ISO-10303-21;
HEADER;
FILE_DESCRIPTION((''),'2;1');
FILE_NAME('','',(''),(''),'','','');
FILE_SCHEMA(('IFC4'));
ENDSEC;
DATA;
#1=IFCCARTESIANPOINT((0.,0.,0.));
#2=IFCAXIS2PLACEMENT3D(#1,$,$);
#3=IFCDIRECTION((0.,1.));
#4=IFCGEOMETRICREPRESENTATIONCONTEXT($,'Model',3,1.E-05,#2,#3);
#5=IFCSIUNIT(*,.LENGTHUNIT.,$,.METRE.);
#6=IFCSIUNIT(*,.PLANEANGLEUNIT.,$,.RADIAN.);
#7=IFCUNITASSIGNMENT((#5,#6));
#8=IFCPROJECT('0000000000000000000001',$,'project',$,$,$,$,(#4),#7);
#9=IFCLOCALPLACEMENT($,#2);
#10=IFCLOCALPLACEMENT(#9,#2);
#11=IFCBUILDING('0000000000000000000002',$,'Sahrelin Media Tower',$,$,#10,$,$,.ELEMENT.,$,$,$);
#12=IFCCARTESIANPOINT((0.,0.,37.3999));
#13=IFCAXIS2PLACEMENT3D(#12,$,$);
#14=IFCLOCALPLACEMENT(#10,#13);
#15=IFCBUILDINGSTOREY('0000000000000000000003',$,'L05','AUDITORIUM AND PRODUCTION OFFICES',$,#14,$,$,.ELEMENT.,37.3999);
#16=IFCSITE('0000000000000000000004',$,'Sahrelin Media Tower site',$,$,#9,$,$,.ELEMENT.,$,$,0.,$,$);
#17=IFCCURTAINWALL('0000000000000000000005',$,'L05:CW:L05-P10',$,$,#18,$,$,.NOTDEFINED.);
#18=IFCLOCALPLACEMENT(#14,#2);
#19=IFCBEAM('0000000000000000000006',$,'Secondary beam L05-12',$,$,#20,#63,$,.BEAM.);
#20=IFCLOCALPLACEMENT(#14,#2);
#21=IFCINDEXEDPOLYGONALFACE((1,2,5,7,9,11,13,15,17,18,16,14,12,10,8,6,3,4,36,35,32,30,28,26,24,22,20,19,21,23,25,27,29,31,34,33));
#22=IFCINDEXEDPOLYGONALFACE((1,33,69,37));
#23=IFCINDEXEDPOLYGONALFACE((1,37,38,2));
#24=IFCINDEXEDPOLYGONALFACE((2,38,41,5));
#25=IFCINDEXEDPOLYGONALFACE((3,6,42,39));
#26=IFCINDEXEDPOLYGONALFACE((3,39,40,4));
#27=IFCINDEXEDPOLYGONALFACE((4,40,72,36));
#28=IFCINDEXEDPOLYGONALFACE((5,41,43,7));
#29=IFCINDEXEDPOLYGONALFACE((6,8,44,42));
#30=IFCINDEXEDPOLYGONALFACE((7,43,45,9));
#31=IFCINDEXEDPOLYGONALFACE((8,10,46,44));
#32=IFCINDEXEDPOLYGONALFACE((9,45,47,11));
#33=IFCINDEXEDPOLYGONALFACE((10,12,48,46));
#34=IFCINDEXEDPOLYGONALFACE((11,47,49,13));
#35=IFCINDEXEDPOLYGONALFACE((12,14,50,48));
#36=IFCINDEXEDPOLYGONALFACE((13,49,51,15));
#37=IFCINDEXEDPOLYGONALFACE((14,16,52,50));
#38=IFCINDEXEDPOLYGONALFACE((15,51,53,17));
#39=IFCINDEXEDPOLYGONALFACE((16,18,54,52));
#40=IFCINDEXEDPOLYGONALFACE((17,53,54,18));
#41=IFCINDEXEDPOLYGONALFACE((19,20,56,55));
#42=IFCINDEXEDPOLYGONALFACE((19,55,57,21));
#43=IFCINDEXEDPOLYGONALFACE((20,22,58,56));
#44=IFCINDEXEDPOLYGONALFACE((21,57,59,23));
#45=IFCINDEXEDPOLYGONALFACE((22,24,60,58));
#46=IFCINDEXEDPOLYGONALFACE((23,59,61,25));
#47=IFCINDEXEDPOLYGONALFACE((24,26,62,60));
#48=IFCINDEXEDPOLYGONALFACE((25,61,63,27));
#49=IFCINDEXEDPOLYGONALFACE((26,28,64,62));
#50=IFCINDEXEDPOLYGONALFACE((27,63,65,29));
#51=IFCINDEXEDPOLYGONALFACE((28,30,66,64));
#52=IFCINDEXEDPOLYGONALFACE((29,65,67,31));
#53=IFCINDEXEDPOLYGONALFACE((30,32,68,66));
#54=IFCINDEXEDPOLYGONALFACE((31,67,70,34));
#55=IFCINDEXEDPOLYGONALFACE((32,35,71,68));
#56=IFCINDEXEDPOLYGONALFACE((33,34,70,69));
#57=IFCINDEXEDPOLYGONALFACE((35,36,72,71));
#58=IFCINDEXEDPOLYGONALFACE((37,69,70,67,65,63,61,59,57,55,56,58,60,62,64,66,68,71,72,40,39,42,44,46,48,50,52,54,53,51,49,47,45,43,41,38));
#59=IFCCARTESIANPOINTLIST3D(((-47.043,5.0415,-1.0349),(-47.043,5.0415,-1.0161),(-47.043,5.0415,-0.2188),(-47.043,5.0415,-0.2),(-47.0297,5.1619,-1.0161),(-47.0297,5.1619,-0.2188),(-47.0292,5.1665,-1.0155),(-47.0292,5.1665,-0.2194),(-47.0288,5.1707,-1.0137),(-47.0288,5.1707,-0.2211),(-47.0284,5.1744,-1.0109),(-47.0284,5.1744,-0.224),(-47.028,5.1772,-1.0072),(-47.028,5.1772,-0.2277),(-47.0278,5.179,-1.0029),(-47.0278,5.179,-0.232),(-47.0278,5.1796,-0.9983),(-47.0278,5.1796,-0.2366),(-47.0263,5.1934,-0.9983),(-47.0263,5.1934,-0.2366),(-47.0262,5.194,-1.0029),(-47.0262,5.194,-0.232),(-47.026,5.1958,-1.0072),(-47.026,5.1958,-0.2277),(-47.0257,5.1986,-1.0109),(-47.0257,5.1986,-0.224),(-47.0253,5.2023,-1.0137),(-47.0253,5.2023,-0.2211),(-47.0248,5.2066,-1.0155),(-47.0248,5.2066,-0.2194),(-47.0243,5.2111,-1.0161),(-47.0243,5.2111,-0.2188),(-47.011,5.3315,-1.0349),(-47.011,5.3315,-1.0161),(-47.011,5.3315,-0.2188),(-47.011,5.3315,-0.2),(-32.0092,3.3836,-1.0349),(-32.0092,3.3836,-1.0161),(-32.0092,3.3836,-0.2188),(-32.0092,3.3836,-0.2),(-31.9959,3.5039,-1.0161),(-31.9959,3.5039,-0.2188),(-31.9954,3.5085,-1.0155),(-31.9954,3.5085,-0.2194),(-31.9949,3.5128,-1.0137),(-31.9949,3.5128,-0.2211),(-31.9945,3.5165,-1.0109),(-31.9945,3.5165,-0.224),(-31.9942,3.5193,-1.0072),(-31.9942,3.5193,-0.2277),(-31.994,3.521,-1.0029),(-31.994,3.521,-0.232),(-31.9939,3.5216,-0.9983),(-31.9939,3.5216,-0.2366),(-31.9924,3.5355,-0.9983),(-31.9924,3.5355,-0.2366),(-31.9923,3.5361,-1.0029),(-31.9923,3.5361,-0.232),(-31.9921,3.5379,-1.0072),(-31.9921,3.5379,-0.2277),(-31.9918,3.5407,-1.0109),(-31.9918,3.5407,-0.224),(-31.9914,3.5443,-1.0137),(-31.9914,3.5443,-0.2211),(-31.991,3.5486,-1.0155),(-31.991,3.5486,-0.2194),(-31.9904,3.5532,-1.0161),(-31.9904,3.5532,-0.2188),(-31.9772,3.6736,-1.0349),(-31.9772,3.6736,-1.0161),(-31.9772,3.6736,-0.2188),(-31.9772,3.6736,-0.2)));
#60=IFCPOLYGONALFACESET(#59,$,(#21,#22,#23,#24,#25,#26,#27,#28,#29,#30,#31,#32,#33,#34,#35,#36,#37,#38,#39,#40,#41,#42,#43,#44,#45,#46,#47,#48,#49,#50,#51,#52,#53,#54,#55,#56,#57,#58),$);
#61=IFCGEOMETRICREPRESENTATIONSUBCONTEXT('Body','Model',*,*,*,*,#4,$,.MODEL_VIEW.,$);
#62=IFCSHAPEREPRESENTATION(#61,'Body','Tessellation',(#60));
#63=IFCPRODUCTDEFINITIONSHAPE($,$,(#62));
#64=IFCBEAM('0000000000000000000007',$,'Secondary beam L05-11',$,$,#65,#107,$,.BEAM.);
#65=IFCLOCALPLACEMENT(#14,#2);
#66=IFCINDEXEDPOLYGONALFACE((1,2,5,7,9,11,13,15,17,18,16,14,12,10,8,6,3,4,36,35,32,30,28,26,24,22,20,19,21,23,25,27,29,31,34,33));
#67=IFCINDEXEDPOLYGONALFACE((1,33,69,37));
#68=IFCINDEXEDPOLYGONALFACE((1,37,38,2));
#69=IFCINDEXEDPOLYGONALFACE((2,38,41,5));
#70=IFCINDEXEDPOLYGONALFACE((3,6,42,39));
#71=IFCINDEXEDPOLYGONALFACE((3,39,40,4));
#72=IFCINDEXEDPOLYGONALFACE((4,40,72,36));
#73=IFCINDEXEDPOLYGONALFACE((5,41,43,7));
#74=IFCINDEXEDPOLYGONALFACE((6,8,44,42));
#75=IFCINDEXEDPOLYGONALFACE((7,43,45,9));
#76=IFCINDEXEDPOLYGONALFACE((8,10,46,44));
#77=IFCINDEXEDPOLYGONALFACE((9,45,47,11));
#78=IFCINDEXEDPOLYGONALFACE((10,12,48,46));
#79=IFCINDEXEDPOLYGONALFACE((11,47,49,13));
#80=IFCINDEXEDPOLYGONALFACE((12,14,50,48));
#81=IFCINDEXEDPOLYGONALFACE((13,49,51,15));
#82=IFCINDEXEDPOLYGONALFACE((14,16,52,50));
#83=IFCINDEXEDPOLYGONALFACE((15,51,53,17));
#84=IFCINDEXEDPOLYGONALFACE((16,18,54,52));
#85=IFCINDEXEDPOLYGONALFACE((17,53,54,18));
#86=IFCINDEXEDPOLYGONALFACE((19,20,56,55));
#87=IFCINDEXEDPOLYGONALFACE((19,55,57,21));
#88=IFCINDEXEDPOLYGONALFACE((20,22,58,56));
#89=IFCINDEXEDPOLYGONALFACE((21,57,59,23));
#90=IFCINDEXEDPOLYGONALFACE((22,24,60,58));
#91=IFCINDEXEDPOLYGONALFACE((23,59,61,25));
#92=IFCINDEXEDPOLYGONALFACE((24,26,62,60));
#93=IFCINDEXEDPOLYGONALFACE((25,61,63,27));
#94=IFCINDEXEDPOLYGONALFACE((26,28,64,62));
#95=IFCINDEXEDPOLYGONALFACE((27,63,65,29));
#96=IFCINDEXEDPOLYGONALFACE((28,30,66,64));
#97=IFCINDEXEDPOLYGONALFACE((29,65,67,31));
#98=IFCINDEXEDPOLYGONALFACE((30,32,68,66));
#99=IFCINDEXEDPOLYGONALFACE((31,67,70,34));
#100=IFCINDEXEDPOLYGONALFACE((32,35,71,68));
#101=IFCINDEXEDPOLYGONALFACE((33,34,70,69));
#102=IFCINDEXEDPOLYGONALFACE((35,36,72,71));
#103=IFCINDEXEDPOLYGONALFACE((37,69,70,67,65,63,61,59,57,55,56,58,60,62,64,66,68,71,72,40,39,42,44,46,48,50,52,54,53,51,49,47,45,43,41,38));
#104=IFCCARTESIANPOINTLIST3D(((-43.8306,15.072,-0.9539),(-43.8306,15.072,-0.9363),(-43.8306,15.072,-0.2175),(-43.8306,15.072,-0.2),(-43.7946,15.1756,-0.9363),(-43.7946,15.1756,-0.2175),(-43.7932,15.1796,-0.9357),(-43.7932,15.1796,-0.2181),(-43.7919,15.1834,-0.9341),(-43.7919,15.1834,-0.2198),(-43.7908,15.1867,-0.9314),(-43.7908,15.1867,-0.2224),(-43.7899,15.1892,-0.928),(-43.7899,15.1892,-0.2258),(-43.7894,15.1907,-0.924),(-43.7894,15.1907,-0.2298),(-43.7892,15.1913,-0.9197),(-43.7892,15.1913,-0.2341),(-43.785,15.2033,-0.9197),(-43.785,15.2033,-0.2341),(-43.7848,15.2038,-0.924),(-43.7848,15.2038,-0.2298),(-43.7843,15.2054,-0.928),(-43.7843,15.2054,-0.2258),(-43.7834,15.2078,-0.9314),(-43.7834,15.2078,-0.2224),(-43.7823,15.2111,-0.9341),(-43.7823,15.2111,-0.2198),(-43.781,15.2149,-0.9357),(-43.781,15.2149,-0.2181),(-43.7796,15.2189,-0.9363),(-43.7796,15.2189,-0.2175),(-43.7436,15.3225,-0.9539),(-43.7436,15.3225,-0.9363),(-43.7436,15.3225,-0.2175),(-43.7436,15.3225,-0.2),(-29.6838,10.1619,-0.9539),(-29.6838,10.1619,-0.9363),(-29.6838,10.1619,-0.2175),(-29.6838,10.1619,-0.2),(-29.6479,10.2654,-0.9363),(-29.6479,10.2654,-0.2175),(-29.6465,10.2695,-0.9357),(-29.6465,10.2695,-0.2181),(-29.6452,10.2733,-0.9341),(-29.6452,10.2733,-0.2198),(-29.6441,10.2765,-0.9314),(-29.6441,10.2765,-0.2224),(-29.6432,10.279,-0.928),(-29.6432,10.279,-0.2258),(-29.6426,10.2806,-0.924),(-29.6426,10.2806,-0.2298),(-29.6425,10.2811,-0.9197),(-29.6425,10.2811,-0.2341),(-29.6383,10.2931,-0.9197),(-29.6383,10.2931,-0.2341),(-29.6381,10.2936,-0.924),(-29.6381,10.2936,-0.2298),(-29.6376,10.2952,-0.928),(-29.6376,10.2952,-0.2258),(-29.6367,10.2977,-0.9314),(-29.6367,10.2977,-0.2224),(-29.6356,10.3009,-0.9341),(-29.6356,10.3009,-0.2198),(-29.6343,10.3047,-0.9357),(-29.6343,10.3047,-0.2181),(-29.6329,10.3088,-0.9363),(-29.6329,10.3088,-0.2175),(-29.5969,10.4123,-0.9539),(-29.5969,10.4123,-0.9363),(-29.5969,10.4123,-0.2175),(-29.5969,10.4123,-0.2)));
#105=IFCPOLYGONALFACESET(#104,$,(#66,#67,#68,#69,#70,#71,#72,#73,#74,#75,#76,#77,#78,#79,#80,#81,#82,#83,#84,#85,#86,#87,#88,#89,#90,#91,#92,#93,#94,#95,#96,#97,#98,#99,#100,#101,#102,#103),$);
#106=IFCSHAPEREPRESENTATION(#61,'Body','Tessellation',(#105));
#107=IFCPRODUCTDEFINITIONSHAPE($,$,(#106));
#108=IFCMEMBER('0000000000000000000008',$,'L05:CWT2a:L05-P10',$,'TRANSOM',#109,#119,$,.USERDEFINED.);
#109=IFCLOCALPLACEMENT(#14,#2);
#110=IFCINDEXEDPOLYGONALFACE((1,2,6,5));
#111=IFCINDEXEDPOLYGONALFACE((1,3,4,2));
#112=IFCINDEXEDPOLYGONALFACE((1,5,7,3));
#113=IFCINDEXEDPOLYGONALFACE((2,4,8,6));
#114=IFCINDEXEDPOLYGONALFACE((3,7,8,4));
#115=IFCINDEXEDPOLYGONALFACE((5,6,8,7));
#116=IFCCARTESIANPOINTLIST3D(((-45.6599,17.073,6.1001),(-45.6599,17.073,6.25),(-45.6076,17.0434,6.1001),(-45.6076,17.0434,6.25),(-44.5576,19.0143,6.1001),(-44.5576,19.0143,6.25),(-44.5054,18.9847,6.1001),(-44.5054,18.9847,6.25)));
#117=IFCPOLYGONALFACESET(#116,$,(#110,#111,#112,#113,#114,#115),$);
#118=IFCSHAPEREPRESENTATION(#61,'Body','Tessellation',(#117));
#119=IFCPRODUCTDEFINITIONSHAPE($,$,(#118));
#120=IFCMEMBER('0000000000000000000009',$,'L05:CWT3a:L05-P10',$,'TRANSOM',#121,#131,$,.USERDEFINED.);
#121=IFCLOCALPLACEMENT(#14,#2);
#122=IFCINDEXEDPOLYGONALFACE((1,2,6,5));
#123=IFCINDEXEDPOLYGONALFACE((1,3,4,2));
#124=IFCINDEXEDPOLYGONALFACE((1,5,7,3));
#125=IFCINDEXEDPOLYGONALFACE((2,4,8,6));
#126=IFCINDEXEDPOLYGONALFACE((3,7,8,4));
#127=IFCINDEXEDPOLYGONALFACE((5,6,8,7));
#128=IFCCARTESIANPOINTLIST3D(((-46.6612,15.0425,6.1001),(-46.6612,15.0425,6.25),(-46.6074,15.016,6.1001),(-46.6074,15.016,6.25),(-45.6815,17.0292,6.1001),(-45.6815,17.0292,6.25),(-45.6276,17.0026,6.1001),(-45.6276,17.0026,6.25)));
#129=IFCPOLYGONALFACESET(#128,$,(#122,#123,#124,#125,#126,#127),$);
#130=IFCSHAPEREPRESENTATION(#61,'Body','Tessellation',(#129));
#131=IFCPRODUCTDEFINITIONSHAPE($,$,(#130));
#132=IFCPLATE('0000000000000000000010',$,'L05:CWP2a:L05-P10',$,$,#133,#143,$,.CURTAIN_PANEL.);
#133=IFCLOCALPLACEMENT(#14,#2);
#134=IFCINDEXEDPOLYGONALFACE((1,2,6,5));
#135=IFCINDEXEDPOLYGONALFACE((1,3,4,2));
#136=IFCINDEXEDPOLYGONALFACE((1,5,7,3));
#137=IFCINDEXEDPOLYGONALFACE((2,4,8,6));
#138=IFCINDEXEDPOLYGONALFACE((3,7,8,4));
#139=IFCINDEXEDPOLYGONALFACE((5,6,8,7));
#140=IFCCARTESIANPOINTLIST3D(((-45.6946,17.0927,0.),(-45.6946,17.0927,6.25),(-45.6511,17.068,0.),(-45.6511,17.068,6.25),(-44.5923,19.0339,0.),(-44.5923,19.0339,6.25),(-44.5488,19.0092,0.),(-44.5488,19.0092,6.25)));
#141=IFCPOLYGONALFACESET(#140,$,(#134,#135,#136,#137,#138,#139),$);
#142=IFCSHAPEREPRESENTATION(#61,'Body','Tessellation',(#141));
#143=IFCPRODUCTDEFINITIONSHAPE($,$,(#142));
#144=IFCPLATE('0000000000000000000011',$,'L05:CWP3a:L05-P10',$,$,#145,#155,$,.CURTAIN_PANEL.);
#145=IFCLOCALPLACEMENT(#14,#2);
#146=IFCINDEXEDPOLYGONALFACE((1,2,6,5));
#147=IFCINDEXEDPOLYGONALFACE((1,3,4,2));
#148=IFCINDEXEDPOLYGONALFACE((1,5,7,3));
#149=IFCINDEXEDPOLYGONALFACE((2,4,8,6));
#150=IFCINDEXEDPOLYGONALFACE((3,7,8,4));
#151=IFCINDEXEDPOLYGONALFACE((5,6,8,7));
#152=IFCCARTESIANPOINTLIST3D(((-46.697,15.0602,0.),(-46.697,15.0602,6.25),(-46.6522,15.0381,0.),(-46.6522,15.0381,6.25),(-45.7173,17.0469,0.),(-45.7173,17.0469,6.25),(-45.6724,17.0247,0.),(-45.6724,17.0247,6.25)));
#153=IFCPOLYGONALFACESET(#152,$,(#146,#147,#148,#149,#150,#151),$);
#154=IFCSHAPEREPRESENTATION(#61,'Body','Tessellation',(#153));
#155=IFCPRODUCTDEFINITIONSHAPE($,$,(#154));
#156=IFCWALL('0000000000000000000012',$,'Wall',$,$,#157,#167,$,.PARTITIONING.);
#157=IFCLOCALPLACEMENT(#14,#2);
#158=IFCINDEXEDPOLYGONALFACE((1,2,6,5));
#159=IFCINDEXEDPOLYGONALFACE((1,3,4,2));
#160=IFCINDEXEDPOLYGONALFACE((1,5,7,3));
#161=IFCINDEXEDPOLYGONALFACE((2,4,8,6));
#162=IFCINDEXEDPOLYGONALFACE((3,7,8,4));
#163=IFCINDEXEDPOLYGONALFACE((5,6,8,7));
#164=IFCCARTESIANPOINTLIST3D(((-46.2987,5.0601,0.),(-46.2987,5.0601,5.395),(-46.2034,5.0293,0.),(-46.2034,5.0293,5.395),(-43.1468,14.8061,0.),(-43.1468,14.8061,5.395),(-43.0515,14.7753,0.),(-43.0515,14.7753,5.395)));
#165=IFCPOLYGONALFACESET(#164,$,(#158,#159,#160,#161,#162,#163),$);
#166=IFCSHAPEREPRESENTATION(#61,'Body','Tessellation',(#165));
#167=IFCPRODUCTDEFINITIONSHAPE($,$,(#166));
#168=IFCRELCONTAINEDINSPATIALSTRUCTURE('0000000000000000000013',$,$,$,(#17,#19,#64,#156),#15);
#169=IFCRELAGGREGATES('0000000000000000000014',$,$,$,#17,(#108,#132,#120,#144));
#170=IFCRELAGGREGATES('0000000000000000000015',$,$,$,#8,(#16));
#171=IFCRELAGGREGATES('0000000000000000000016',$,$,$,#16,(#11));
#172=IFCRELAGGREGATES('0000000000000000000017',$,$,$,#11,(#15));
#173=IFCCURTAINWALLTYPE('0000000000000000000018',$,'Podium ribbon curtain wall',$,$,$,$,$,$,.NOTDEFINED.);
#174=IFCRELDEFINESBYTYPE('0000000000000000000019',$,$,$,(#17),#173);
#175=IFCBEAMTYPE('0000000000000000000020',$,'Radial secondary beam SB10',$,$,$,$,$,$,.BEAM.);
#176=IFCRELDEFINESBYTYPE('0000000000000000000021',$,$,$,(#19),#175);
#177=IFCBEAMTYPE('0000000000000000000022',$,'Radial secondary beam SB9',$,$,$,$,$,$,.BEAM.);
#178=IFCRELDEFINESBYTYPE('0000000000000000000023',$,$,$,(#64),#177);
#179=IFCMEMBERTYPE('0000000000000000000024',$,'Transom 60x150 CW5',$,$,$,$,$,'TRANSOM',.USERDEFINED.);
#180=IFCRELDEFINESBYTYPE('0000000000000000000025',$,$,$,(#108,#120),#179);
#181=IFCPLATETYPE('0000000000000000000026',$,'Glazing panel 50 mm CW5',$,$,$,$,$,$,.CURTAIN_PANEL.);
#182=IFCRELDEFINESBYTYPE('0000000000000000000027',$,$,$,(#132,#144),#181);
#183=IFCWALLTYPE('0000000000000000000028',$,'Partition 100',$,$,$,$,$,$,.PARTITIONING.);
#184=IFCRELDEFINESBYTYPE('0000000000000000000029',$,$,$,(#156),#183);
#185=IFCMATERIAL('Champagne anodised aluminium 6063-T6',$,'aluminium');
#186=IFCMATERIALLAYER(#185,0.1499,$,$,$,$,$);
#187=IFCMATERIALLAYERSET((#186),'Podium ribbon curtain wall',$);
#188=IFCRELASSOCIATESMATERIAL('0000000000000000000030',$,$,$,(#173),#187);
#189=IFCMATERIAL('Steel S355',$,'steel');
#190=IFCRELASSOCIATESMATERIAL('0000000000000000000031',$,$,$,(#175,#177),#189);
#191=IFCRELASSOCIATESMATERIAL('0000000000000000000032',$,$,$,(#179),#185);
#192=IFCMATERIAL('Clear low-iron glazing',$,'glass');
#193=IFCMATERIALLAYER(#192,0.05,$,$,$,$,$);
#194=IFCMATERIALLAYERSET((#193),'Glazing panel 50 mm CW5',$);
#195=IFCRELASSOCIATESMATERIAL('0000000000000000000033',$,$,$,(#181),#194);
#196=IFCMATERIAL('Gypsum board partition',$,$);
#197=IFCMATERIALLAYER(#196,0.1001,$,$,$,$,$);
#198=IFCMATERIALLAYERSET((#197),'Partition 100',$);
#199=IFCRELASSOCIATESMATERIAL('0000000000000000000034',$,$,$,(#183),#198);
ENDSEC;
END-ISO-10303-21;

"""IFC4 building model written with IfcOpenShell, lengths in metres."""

from ifc_helpers import new_model, si_unit, direction, frame, frame_2d, origin, origin_2d, place, context, subcontext, project, spatial, polyline, rectangle, i_section, outline, extrude, material, layer, layer_set, material_profile, profile_set, type_object, element, aggregate, save


model = new_model("IFC4")

# Units and contexts
model_context = context("Model", 3, precision=1e-05, world=origin(), true_north=direction((0.0, 1.0)))
body_context = subcontext(model_context, "Body", "Model", "MODEL_VIEW")
ifc_project = project(units=[si_unit("LENGTHUNIT", "METRE"), si_unit("PLANEANGLEUNIT", "RADIAN")], contexts=[model_context])

# Site, building, storey
site_placement = place(None, origin())
site = spatial("IfcSite", under=ifc_project, at=site_placement, Name="Sahrelin Media Tower site", CompositionType="ELEMENT", RefElevation=0.0)
building_placement = place(site_placement, origin())
building = spatial("IfcBuilding", under=site, at=building_placement, Name="Sahrelin Media Tower", CompositionType="ELEMENT")
storey_placement = place(building_placement, frame((0.0, 0.0, 37.3999)))
storey = spatial("IfcBuildingStorey", under=building, at=storey_placement, Name="L05", Description="AUDITORIUM AND PRODUCTION OFFICES", CompositionType="ELEMENT", Elevation=37.3999)

# Curtain wall
ifc_material_1 = material(Name="Champagne anodised aluminium 6063-T6", Category="aluminium")
ifc_layer_1 = layer(ifc_material_1, 0.1499)
ifc_layer_set_1 = layer_set([ifc_layer_1], Name="Podium ribbon curtain wall")
curtain_wall_type = type_object("IfcCurtainWallType", Name="Podium ribbon curtain wall", PredefinedType="NOTDEFINED", material=ifc_layer_set_1)
curtain_wall_placement = place(storey_placement, frame((-43.3013, 21.0, 0.0), z_axis=(0.0, 0.0, 1.0), x_axis=(1.0, 0.0, 0.0)))
curtain_wall = element("IfcCurtainWall", 1, at=curtain_wall_placement, inside=storey, type_object=curtain_wall_type, Name="L05:CW:L05-P10", PredefinedType="NOTDEFINED")

# Beams
ifc_material_2 = material(Name="Steel S355", Category="steel")
ifc_material_profile_1 = material_profile(ifc_material_2, i_section(OverallWidth=0.2917, OverallDepth=0.835, WebThickness=0.0139, FlangeThickness=0.0188, FilletRadius=0.0178, at=origin_2d()), Name="UB 838x292x176")
ifc_profile_set_1 = profile_set([ifc_material_profile_1], Name="Steel S355")
beam_type_1 = type_object("IfcBeamType", Name="Radial secondary beam SB10", PredefinedType="BEAM", material=ifc_profile_set_1)
beam_1_placement = place(storey_placement, frame((-31.9932, 3.5286, -0.6174), z_axis=(-0.993974, 0.109617, 0.0), x_axis=(-0.109617, -0.993974, 0.0)))
element("IfcBeam", 2, at=beam_1_placement, inside=storey, type_object=beam_type_1, Name="Secondary beam L05-12", PredefinedType="BEAM", context=body_context, shape_type="SweptSolid", body=[
    extrude(i_section(OverallWidth=0.2917, OverallDepth=0.835, WebThickness=0.0139, FlangeThickness=0.0188, FilletRadius=0.0178, at=origin_2d()), origin(), (0.0, 0.0, 1.0), 15.125),
])
ifc_material_profile_2 = material_profile(ifc_material_2, i_section(OverallWidth=0.2651, OverallDepth=0.7539, WebThickness=0.0127, FlangeThickness=0.0176, FilletRadius=0.0166, at=origin_2d()), Name="UB 762x267x147")
ifc_profile_set_2 = profile_set([ifc_material_profile_2], Name="Steel S355")
beam_type_2 = type_object("IfcBeamType", Name="Radial secondary beam SB9", PredefinedType="BEAM", material=ifc_profile_set_2)
beam_2_placement = place(storey_placement, frame((-29.6404, 10.2871, -0.5769), z_axis=(-0.944713, 0.327898, 0.0), x_axis=(-0.327898, -0.944713, 0.0)))
element("IfcBeam", 3, at=beam_2_placement, inside=storey, type_object=beam_type_2, Name="Secondary beam L05-11", PredefinedType="BEAM", context=body_context, shape_type="SweptSolid", body=[
    extrude(i_section(OverallWidth=0.2651, OverallDepth=0.7539, WebThickness=0.0127, FlangeThickness=0.0176, FilletRadius=0.0166, at=origin_2d()), origin(), (0.0, 0.0, 1.0), 14.9746),
])

# Members
ifc_material_profile_3 = material_profile(ifc_material_1, rectangle(XDim=0.0601, YDim=0.1499, at=origin_2d()), Name="Transom 60x150")
ifc_profile_set_3 = profile_set([ifc_material_profile_3], Name="Champagne anodised aluminium 6063-T6")
member_type_1 = type_object("IfcMemberType", Name="Transom 60x150 CW5", ElementType="TRANSOM", PredefinedType="USERDEFINED", material=ifc_profile_set_3)
member_1_placement = place(storey_placement, frame((-44.5315, 18.9995, 6.175), z_axis=(-0.493746, -0.869606, 0.0), x_axis=(0.869606, -0.493746, 0.0)))
member_1 = element("IfcMember", 4, at=member_1_placement, type_object=member_type_1, Name="L05:CWT2a:L05-P10", ObjectType="TRANSOM", PredefinedType="USERDEFINED", context=body_context, shape_type="SweptSolid", body=[
    extrude(rectangle(XDim=0.0601, YDim=0.1499, at=origin_2d()), origin(), (0.0, 0.0, 1.0), 2.2324),
])
member_2_placement = place(storey_placement, frame((-45.6545, 17.0159, 6.175), z_axis=(-0.442313, -0.896861, 0.0), x_axis=(0.896861, -0.442313, 0.0)))
member_2 = element("IfcMember", 5, at=member_2_placement, type_object=member_type_1, Name="L05:CWT3a:L05-P10", ObjectType="TRANSOM", PredefinedType="USERDEFINED", context=body_context, shape_type="SweptSolid", body=[
    extrude(rectangle(XDim=0.0601, YDim=0.1499, at=origin_2d()), origin(), (0.0, 0.0, 1.0), 2.2151),
])

# Plates
ifc_material_3 = material(Name="Clear low-iron glazing", Category="glass")
ifc_layer_2 = layer(ifc_material_3, 0.05)
ifc_layer_set_2 = layer_set([ifc_layer_2], Name="Glazing panel 50 mm CW5")
plate_type = type_object("IfcPlateType", Name="Glazing panel 50 mm CW5", PredefinedType="CURTAIN_PANEL", material=ifc_layer_set_2)
plate_1_placement = place(storey_placement, frame((-44.5923, 19.0339, 0.0), z_axis=(-0.869579, 0.493793, 0.0), x_axis=(-0.493793, -0.869579, 0.0)))
plate_1 = element("IfcPlate", 6, at=plate_1_placement, type_object=plate_type, Name="L05:CWP2a:L05-P10", PredefinedType="CURTAIN_PANEL", context=body_context, shape_type="SweptSolid", body=[
    extrude(outline(polyline([(0.0, 0.0), (2.2324, 0.0), (2.2324, 6.25), (0.0, 6.25), (0.0, 0.0)])), origin(), (0.0, 0.0, -1.0), 0.05),
])
plate_2_placement = place(storey_placement, frame((-45.7173, 17.0469, 0.0), z_axis=(-0.896861, 0.442313, 0.0), x_axis=(-0.442313, -0.896861, 0.0)))
plate_2 = element("IfcPlate", 7, at=plate_2_placement, type_object=plate_type, Name="L05:CWP3a:L05-P10", PredefinedType="CURTAIN_PANEL", context=body_context, shape_type="SweptSolid", body=[
    extrude(outline(polyline([(0.0, 0.0), (2.2151, 0.0), (2.2151, 6.25), (0.0, 6.25), (0.0, 0.0)])), origin(), (0.0, 0.0, -1.0), 0.05),
])
aggregate(curtain_wall, [member_1, plate_1, member_2, plate_2])

# Wall
ifc_material_4 = material(Name="Gypsum board partition")
ifc_layer_3 = layer(ifc_material_4, 0.1001)
ifc_layer_set_3 = layer_set([ifc_layer_3], Name="Partition 100")
wall_type = type_object("IfcWallType", Name="Partition 100", PredefinedType="PARTITIONING", material=ifc_layer_set_3)
wall_1_placement = place(storey_placement, frame((-43.0991, 14.7908, 0.0), z_axis=(0.0, 0.0, 1.0), x_axis=(-0.307713, -0.951479, 0.0)))
element("IfcWall", 8, at=wall_1_placement, inside=storey, type_object=wall_type, Name="Wall", PredefinedType="PARTITIONING", context=body_context, shape_type="SweptSolid", body=[
    extrude(rectangle(XDim=10.2429, YDim=0.1001, at=frame_2d((5.1216, 0.0))), origin(), (0.0, 0.0, 1.0), 5.395),
])

save(model, "model.ifc")
